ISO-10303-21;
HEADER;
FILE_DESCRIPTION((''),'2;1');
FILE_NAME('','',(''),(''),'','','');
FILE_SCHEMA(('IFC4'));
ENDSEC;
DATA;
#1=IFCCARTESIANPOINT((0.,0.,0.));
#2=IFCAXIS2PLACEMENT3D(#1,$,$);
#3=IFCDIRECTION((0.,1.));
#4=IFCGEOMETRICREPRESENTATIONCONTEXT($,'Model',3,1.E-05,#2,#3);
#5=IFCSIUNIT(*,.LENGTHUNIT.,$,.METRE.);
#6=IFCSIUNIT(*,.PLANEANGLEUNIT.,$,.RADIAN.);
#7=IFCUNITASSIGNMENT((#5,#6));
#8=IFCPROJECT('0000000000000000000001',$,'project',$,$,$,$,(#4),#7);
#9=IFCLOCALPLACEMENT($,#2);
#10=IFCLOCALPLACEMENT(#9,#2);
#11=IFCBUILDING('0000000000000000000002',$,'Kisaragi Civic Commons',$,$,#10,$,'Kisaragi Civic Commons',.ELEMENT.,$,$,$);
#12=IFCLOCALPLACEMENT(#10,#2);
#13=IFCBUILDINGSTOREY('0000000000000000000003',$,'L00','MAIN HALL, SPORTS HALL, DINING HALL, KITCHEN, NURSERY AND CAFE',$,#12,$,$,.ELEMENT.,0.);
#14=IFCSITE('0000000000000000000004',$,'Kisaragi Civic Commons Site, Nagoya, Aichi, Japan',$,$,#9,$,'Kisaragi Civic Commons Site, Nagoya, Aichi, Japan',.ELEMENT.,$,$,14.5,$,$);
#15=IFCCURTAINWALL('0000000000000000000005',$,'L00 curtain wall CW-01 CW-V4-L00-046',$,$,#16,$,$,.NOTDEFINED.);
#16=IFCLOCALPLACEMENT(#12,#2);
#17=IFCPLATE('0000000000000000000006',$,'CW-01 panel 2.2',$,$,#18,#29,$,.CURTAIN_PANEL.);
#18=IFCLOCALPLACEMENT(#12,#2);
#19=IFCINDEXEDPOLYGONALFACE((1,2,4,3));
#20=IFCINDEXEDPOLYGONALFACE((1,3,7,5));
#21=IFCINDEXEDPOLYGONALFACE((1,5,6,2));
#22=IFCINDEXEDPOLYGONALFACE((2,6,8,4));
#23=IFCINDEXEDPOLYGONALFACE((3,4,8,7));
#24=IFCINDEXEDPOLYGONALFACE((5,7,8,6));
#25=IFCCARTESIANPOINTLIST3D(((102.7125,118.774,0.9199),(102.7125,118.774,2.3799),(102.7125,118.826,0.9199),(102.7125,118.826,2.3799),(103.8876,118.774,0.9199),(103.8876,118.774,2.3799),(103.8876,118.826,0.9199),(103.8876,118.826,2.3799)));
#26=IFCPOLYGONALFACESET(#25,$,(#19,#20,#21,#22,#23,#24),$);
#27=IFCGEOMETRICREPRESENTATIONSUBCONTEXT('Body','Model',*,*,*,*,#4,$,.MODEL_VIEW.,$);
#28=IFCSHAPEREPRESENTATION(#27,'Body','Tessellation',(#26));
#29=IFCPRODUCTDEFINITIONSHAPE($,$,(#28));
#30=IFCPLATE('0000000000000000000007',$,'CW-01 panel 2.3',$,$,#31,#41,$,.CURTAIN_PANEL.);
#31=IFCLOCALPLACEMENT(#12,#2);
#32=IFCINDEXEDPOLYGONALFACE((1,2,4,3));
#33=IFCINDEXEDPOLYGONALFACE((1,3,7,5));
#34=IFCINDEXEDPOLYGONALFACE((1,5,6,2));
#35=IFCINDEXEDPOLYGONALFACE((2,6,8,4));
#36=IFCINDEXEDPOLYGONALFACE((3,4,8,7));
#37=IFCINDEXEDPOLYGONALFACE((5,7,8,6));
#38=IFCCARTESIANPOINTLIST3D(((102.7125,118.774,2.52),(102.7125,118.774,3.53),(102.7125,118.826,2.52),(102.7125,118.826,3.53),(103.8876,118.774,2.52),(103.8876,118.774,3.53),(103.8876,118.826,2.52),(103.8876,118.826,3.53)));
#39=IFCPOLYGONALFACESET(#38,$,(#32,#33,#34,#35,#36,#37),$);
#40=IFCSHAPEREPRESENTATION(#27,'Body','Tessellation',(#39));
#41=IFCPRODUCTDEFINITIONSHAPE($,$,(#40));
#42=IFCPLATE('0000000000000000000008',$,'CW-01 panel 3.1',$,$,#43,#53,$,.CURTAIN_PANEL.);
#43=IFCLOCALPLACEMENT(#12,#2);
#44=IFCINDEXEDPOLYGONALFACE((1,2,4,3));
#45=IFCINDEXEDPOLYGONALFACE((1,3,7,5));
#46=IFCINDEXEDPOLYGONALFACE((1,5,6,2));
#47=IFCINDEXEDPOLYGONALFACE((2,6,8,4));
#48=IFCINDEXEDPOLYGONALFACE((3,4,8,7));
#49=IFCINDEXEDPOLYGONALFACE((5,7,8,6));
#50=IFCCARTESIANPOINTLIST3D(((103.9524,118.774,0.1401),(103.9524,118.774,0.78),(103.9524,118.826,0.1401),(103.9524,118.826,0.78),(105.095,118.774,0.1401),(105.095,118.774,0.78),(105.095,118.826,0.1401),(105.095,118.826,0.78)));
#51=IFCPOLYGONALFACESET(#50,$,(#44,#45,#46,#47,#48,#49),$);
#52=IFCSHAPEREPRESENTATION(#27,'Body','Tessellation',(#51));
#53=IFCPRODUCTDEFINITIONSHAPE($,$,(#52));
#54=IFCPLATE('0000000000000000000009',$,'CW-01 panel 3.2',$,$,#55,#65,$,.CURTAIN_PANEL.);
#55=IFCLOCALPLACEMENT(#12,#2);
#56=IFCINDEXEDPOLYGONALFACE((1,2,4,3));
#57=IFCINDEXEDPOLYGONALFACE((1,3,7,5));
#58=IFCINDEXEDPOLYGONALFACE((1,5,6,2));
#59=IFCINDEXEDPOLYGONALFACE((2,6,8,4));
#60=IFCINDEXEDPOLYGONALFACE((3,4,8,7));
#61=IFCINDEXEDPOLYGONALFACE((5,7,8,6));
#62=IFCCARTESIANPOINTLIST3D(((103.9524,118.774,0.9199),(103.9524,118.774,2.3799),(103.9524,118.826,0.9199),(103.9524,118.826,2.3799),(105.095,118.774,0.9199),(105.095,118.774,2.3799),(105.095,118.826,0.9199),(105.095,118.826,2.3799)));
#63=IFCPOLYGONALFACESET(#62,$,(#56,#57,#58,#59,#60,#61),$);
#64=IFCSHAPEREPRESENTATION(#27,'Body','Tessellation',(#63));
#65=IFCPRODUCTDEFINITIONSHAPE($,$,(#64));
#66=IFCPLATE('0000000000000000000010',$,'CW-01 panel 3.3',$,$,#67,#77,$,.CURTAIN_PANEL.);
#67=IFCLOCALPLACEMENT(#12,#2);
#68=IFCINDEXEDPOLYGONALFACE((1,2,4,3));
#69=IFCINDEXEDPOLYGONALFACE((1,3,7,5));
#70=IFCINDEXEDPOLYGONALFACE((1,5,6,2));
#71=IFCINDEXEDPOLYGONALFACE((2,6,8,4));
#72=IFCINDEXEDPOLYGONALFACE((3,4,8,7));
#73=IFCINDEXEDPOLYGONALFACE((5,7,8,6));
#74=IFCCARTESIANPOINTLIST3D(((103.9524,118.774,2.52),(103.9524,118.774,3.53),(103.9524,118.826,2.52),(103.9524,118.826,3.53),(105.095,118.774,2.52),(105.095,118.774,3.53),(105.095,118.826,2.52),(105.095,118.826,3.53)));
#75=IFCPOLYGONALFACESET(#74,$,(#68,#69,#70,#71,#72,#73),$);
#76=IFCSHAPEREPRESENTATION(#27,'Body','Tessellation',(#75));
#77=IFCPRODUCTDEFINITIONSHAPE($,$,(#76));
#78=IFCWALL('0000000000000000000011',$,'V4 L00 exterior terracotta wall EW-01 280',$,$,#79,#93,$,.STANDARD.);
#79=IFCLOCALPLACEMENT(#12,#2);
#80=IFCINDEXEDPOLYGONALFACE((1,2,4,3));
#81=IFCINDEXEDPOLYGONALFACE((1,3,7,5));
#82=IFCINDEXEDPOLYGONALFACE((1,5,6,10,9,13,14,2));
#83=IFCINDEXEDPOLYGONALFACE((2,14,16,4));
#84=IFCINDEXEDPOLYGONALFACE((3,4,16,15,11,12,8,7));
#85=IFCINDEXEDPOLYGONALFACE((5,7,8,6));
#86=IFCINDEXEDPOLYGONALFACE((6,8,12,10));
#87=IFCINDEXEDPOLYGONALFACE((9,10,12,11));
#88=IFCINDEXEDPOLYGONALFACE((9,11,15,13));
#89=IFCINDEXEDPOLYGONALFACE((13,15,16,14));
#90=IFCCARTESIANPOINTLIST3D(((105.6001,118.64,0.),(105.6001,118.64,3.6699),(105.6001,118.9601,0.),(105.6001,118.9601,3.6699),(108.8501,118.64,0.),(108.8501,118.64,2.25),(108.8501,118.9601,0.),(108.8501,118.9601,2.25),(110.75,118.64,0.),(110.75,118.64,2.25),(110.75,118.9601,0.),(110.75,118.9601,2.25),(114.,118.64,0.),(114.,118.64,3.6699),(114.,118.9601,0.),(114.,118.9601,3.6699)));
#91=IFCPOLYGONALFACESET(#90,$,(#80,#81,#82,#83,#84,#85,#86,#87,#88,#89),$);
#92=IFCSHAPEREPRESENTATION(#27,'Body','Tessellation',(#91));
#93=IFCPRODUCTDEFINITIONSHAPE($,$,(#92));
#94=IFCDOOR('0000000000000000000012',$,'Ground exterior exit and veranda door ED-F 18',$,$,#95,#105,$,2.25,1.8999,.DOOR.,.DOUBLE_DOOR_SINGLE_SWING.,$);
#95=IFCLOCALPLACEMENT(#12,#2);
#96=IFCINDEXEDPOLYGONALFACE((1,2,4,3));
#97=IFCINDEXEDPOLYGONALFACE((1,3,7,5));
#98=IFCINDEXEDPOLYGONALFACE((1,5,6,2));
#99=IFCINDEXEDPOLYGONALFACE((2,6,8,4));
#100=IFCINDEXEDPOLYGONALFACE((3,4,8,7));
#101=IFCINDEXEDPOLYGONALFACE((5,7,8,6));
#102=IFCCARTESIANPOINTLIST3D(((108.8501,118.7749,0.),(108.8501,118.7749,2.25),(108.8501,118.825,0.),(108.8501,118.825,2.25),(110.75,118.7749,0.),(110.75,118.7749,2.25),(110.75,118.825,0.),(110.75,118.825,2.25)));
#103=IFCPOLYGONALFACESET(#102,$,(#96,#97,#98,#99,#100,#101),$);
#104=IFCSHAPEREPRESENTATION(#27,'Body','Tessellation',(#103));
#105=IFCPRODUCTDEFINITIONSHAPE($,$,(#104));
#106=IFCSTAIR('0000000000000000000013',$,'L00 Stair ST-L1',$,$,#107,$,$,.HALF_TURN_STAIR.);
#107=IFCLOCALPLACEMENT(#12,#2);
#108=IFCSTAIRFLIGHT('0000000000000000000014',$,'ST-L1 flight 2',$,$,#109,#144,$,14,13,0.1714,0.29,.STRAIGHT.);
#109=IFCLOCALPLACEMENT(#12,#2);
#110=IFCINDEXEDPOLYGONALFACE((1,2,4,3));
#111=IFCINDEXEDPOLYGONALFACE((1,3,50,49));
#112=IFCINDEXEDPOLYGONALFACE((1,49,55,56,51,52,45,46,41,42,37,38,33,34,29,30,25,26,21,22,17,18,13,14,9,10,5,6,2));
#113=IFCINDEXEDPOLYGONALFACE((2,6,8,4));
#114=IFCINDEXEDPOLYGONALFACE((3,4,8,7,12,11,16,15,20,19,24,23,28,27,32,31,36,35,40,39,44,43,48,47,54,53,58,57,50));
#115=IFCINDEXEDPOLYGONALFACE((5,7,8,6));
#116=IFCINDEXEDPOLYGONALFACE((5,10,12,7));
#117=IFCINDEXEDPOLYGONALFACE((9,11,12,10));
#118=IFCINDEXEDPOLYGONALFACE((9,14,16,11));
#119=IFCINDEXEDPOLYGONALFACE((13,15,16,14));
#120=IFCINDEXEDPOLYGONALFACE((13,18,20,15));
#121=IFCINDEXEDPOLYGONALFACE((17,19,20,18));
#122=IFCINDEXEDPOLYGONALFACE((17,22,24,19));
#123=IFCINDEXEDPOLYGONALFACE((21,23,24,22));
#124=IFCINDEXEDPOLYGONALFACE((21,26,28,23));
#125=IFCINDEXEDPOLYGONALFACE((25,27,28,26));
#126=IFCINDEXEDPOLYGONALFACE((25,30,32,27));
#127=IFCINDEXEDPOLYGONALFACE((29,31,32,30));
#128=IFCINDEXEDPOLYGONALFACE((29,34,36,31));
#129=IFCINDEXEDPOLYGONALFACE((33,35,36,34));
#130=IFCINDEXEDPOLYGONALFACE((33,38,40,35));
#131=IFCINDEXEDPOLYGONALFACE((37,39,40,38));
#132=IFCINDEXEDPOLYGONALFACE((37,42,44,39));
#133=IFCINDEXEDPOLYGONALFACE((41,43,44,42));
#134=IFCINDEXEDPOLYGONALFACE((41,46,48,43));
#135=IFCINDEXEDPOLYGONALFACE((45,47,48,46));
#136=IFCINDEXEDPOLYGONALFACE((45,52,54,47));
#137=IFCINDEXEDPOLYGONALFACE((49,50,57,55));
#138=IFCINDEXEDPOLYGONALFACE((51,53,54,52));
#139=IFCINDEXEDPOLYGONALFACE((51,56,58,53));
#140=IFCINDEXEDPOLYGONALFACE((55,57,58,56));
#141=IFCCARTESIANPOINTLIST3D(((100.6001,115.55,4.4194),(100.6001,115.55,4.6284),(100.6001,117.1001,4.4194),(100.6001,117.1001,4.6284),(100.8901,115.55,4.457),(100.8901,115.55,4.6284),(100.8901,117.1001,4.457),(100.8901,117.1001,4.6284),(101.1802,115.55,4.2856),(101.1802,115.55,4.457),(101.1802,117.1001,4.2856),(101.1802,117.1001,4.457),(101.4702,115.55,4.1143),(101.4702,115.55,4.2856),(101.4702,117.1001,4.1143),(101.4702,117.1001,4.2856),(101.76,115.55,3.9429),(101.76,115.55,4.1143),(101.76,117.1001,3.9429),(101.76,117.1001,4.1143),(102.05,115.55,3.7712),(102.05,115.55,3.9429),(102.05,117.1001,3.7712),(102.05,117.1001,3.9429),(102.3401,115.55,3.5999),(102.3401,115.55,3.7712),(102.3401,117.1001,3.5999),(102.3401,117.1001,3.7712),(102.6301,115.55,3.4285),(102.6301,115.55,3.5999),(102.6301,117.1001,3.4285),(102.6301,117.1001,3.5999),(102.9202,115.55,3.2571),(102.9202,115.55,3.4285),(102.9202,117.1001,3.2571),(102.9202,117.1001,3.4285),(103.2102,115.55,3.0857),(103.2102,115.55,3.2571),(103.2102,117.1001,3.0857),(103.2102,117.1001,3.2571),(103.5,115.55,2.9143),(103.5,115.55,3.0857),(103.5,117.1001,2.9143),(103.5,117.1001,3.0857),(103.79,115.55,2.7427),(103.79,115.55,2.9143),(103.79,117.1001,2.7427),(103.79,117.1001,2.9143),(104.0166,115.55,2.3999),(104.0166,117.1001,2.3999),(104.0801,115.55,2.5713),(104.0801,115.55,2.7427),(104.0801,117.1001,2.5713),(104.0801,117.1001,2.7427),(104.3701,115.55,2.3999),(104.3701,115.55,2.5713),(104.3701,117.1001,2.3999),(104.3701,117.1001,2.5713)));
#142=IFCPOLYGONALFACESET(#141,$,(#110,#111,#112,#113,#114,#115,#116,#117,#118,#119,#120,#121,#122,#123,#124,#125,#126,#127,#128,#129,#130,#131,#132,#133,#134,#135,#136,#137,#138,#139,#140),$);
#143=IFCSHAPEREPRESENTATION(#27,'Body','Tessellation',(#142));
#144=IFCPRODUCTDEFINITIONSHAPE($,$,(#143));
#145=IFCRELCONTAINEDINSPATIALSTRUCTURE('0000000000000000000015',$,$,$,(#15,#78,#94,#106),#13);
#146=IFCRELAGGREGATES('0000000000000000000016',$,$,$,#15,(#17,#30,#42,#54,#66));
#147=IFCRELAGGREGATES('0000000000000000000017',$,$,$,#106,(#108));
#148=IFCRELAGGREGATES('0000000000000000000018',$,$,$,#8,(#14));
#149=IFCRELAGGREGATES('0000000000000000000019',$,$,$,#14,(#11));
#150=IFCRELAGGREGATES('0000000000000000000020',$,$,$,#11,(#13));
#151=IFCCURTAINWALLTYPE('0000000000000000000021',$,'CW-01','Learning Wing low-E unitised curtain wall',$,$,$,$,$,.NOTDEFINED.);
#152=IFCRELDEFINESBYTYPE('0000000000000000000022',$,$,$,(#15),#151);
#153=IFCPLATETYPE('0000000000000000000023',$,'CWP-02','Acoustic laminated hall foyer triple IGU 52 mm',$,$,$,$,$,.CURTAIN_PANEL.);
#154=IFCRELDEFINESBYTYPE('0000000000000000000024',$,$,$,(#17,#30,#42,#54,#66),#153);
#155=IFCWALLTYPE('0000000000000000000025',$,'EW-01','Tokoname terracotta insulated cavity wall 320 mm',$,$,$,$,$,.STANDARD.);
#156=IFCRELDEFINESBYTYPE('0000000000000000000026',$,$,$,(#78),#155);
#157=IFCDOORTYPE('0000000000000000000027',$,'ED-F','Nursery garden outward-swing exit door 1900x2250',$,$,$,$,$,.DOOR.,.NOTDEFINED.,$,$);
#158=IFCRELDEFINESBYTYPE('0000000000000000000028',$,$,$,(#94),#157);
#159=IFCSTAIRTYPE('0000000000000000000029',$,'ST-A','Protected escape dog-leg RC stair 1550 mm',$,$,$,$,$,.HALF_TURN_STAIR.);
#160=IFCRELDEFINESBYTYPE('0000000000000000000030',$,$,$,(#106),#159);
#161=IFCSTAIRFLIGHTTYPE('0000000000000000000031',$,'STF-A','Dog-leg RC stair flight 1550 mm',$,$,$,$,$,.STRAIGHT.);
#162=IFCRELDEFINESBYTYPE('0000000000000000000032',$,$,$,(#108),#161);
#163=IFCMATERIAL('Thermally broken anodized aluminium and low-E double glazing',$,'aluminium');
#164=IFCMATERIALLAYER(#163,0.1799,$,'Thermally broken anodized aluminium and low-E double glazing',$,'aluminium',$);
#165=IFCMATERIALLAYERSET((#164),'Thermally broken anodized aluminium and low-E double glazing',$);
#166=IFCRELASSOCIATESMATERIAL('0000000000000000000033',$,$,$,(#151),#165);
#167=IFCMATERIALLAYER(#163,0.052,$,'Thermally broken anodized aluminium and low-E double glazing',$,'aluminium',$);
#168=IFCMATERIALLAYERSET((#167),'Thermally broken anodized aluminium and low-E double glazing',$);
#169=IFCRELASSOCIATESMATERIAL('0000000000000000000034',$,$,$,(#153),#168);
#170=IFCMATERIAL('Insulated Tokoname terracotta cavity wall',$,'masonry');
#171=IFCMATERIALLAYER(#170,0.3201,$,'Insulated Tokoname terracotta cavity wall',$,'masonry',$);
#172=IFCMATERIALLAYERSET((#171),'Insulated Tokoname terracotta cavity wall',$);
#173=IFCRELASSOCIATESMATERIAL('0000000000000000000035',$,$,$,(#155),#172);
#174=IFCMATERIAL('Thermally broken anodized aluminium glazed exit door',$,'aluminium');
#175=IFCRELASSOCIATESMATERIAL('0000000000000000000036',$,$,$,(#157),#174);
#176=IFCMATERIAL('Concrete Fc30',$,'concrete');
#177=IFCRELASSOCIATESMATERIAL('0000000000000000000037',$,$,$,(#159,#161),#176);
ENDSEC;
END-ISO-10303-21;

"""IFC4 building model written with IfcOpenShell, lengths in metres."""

from ifc_helpers import new_model, si_unit, direction, frame, frame_2d, origin, origin_2d, place, context, subcontext, project, spatial, polyline, rectangle, outline, extrude, material, layer, layer_set, type_object, element, fill, aggregate, save


model = new_model("IFC4")

# Units and contexts
model_context = context("Model", 3, precision=1e-05, world=origin(), true_north=direction((0.0, 1.0)))
body_context = subcontext(model_context, "Body", "Model", "MODEL_VIEW")
ifc_project = project(units=[si_unit("LENGTHUNIT", "METRE"), si_unit("PLANEANGLEUNIT", "RADIAN")], contexts=[model_context])

# Site, building, storey
site_placement = place(None, origin())
site = spatial("IfcSite", under=ifc_project, at=site_placement, Name="Kisaragi Civic Commons Site, Nagoya, Aichi, Japan", LongName="Kisaragi Civic Commons Site, Nagoya, Aichi, Japan", CompositionType="ELEMENT", RefElevation=14.5)
building_placement = place(site_placement, origin())
building = spatial("IfcBuilding", under=site, at=building_placement, Name="Kisaragi Civic Commons", LongName="Kisaragi Civic Commons", CompositionType="ELEMENT")
storey_placement = place(building_placement, origin())
storey = spatial("IfcBuildingStorey", under=building, at=storey_placement, Name="L00", Description="MAIN HALL, SPORTS HALL, DINING HALL, KITCHEN, NURSERY AND CAFE", CompositionType="ELEMENT", Elevation=0.0)

# Curtain wall, plates
ifc_material_1 = material(Name="Thermally broken anodized aluminium and low-E double glazing", Category="aluminium")
ifc_layer_1 = layer(ifc_material_1, 0.1799, Name="Thermally broken anodized aluminium and low-E double glazing", Category="aluminium")
ifc_layer_set_1 = layer_set([ifc_layer_1], Name="Thermally broken anodized aluminium and low-E double glazing")
curtain_wall_type = type_object("IfcCurtainWallType", Name="CW-01", Description="Learning Wing low-E unitised curtain wall", PredefinedType="NOTDEFINED", material=ifc_layer_set_1)
curtain_wall_placement = place(storey_placement, origin())
curtain_wall = element("IfcCurtainWall", 1, at=curtain_wall_placement, inside=storey, type_object=curtain_wall_type, Name="L00 curtain wall CW-01 CW-V4-L00-046", PredefinedType="NOTDEFINED")
ifc_layer_2 = layer(ifc_material_1, 0.052, Name="Thermally broken anodized aluminium and low-E double glazing", Category="aluminium")
ifc_layer_set_2 = layer_set([ifc_layer_2], Name="Thermally broken anodized aluminium and low-E double glazing")
plate_type = type_object("IfcPlateType", Name="CWP-02", Description="Acoustic laminated hall foyer triple IGU 52 mm", PredefinedType="CURTAIN_PANEL", material=ifc_layer_set_2)
plate_1_placement = place(storey_placement, frame((103.3, 118.8, 0.9199), z_axis=(0.0, 0.0, 1.0), x_axis=(1.0, 0.0, 0.0)))
plate_1 = element("IfcPlate", 2, at=plate_1_placement, type_object=plate_type, Name="CW-01 panel 2.2", PredefinedType="CURTAIN_PANEL", context=body_context, shape_type="SweptSolid", body=[
    extrude(rectangle(XDim=1.175, YDim=0.052, at=origin_2d()), origin(), (0.0, 0.0, 1.0), 1.46),
])
plate_2_placement = place(storey_placement, frame((103.3, 118.8, 2.52), z_axis=(0.0, 0.0, 1.0), x_axis=(1.0, 0.0, 0.0)))
plate_2 = element("IfcPlate", 3, at=plate_2_placement, type_object=plate_type, Name="CW-01 panel 2.3", PredefinedType="CURTAIN_PANEL", context=body_context, shape_type="SweptSolid", body=[
    extrude(rectangle(XDim=1.175, YDim=0.052, at=origin_2d()), origin(), (0.0, 0.0, 1.0), 1.01),
])
plate_3_placement = place(storey_placement, frame((104.5237, 118.8, 0.1401), z_axis=(0.0, 0.0, 1.0), x_axis=(1.0, 0.0, 0.0)))
plate_3 = element("IfcPlate", 4, at=plate_3_placement, type_object=plate_type, Name="CW-01 panel 3.1", PredefinedType="CURTAIN_PANEL", context=body_context, shape_type="SweptSolid", body=[
    extrude(rectangle(XDim=1.1426, YDim=0.052, at=origin_2d()), origin(), (0.0, 0.0, 1.0), 0.6399),
])
plate_4_placement = place(storey_placement, frame((104.5237, 118.8, 0.9199), z_axis=(0.0, 0.0, 1.0), x_axis=(1.0, 0.0, 0.0)))
plate_4 = element("IfcPlate", 5, at=plate_4_placement, type_object=plate_type, Name="CW-01 panel 3.2", PredefinedType="CURTAIN_PANEL", context=body_context, shape_type="SweptSolid", body=[
    extrude(rectangle(XDim=1.1426, YDim=0.052, at=origin_2d()), origin(), (0.0, 0.0, 1.0), 1.46),
])
plate_5_placement = place(storey_placement, frame((104.5237, 118.8, 2.52), z_axis=(0.0, 0.0, 1.0), x_axis=(1.0, 0.0, 0.0)))
plate_5 = element("IfcPlate", 6, at=plate_5_placement, type_object=plate_type, Name="CW-01 panel 3.3", PredefinedType="CURTAIN_PANEL", context=body_context, shape_type="SweptSolid", body=[
    extrude(rectangle(XDim=1.1426, YDim=0.052, at=origin_2d()), origin(), (0.0, 0.0, 1.0), 1.01),
])
aggregate(curtain_wall, [plate_1, plate_2, plate_3, plate_4, plate_5])

# Wall, opening, door
ifc_material_2 = material(Name="Insulated Tokoname terracotta cavity wall", Category="masonry")
ifc_layer_3 = layer(ifc_material_2, 0.3201, Name="Insulated Tokoname terracotta cavity wall", Category="masonry")
ifc_layer_set_3 = layer_set([ifc_layer_3], Name="Insulated Tokoname terracotta cavity wall")
wall_type = type_object("IfcWallType", Name="EW-01", Description="Tokoname terracotta insulated cavity wall 320 mm", PredefinedType="STANDARD", material=ifc_layer_set_3)
wall_placement = place(storey_placement, frame((105.6001, 118.8, 0.0), z_axis=(0.0, 0.0, 1.0), x_axis=(1.0, 0.0, 0.0)))
wall = element("IfcWall", 7, at=wall_placement, inside=storey, type_object=wall_type, Name="V4 L00 exterior terracotta wall EW-01 280", PredefinedType="STANDARD", context=body_context, shape_type="SweptSolid", body=[
    extrude(rectangle(XDim=8.3999, YDim=0.3201, at=frame_2d((4.2, 0.0))), origin(), (0.0, 0.0, 1.0), 3.6699),
])
opening_placement = place(wall_placement, frame((3.25, 0.0, 0.0)))
opening = element("IfcOpeningElement", 8, at=opening_placement, cuts=wall, PredefinedType="OPENING", context=body_context, shape_type="SweptSolid", body=[
    extrude(rectangle(XDim=1.8999, YDim=2.25, at=frame_2d((0.95, 1.125))), frame((0.0, 0.1699, 0.0), z_axis=(0.0, -1.0, 0.0), x_axis=(1.0, 0.0, 0.0)), (0.0, 0.0, 1.0), 0.3401),
])
ifc_material_3 = material(Name="Thermally broken anodized aluminium glazed exit door", Category="aluminium")
door_type = type_object("IfcDoorType", Name="ED-F", Description="Nursery garden outward-swing exit door 1900x2250", OperationType="NOTDEFINED", PredefinedType="DOOR", material=ifc_material_3)
door_placement = place(opening_placement, origin())
door = element("IfcDoor", 9, at=door_placement, inside=storey, type_object=door_type, Name="Ground exterior exit and veranda door ED-F 18", OperationType="DOUBLE_DOOR_SINGLE_SWING", OverallHeight=2.25, OverallWidth=1.8999, PredefinedType="DOOR", context=body_context, shape_type="SweptSolid", body=[
    extrude(rectangle(XDim=1.8999, YDim=2.25, at=frame_2d((0.95, 1.125))), frame((0.0, 0.0249, 0.0), z_axis=(0.0, -1.0, 0.0), x_axis=(1.0, 0.0, 0.0)), (0.0, 0.0, 1.0), 0.05),
])
fill(opening, door)

# Stair, stair flight
ifc_material_4 = material(Name="Concrete Fc30", Category="concrete")
stair_type = type_object("IfcStairType", Name="ST-A", Description="Protected escape dog-leg RC stair 1550 mm", PredefinedType="HALF_TURN_STAIR", material=ifc_material_4)
stair_placement = place(storey_placement, origin())
stair = element("IfcStair", 10, at=stair_placement, inside=storey, type_object=stair_type, Name="L00 Stair ST-L1", PredefinedType="HALF_TURN_STAIR")
stair_flight_type = type_object("IfcStairFlightType", Name="STF-A", Description="Dog-leg RC stair flight 1550 mm", PredefinedType="STRAIGHT", material=ifc_material_4)
stair_flight_placement = place(storey_placement, frame((104.3701, 116.325, 2.3999), z_axis=(0.0, 0.0, 1.0), x_axis=(-1.0, 0.0, 0.0)))
stair_flight = element("IfcStairFlight", 11, at=stair_flight_placement, type_object=stair_flight_type, Name="ST-L1 flight 2", NumberOfRisers=14, NumberOfTreads=13, PredefinedType="STRAIGHT", RiserHeight=0.1714, TreadLength=0.29, context=body_context, shape_type="SweptSolid", body=[
    extrude(outline(polyline([(0.0, 0.0), (0.0, 0.1714), (0.29, 0.1714), (0.29, 0.3428), (0.5801, 0.3428), (0.5801, 0.5144), (0.8701, 0.5144), (0.8701, 0.6858), (1.1599, 0.6858), (1.1599, 0.8572), (1.45, 0.8572), (1.45, 1.0286), (1.74, 1.0286), (1.74, 1.2), (2.03, 1.2), (2.03, 1.3713), (2.3201, 1.3713), (2.3201, 1.543), (2.6101, 1.543), (2.6101, 1.7144), (2.8999, 1.7144), (2.8999, 1.8857), (3.1899, 1.8857), (3.1899, 2.0571), (3.48, 2.0571), (3.48, 2.2285), (3.77, 2.2285), (3.77, 2.3999), (3.77, 2.0195), (0.3535, 0.0), (0.0, 0.0)])), frame((0.0, 0.7749, 0.0), z_axis=(0.0, -1.0, 0.0), x_axis=(1.0, 0.0, 0.0)), (0.0, 0.0, 1.0), 1.55),
])
aggregate(stair, [stair_flight])

save(model, "model.ifc")
